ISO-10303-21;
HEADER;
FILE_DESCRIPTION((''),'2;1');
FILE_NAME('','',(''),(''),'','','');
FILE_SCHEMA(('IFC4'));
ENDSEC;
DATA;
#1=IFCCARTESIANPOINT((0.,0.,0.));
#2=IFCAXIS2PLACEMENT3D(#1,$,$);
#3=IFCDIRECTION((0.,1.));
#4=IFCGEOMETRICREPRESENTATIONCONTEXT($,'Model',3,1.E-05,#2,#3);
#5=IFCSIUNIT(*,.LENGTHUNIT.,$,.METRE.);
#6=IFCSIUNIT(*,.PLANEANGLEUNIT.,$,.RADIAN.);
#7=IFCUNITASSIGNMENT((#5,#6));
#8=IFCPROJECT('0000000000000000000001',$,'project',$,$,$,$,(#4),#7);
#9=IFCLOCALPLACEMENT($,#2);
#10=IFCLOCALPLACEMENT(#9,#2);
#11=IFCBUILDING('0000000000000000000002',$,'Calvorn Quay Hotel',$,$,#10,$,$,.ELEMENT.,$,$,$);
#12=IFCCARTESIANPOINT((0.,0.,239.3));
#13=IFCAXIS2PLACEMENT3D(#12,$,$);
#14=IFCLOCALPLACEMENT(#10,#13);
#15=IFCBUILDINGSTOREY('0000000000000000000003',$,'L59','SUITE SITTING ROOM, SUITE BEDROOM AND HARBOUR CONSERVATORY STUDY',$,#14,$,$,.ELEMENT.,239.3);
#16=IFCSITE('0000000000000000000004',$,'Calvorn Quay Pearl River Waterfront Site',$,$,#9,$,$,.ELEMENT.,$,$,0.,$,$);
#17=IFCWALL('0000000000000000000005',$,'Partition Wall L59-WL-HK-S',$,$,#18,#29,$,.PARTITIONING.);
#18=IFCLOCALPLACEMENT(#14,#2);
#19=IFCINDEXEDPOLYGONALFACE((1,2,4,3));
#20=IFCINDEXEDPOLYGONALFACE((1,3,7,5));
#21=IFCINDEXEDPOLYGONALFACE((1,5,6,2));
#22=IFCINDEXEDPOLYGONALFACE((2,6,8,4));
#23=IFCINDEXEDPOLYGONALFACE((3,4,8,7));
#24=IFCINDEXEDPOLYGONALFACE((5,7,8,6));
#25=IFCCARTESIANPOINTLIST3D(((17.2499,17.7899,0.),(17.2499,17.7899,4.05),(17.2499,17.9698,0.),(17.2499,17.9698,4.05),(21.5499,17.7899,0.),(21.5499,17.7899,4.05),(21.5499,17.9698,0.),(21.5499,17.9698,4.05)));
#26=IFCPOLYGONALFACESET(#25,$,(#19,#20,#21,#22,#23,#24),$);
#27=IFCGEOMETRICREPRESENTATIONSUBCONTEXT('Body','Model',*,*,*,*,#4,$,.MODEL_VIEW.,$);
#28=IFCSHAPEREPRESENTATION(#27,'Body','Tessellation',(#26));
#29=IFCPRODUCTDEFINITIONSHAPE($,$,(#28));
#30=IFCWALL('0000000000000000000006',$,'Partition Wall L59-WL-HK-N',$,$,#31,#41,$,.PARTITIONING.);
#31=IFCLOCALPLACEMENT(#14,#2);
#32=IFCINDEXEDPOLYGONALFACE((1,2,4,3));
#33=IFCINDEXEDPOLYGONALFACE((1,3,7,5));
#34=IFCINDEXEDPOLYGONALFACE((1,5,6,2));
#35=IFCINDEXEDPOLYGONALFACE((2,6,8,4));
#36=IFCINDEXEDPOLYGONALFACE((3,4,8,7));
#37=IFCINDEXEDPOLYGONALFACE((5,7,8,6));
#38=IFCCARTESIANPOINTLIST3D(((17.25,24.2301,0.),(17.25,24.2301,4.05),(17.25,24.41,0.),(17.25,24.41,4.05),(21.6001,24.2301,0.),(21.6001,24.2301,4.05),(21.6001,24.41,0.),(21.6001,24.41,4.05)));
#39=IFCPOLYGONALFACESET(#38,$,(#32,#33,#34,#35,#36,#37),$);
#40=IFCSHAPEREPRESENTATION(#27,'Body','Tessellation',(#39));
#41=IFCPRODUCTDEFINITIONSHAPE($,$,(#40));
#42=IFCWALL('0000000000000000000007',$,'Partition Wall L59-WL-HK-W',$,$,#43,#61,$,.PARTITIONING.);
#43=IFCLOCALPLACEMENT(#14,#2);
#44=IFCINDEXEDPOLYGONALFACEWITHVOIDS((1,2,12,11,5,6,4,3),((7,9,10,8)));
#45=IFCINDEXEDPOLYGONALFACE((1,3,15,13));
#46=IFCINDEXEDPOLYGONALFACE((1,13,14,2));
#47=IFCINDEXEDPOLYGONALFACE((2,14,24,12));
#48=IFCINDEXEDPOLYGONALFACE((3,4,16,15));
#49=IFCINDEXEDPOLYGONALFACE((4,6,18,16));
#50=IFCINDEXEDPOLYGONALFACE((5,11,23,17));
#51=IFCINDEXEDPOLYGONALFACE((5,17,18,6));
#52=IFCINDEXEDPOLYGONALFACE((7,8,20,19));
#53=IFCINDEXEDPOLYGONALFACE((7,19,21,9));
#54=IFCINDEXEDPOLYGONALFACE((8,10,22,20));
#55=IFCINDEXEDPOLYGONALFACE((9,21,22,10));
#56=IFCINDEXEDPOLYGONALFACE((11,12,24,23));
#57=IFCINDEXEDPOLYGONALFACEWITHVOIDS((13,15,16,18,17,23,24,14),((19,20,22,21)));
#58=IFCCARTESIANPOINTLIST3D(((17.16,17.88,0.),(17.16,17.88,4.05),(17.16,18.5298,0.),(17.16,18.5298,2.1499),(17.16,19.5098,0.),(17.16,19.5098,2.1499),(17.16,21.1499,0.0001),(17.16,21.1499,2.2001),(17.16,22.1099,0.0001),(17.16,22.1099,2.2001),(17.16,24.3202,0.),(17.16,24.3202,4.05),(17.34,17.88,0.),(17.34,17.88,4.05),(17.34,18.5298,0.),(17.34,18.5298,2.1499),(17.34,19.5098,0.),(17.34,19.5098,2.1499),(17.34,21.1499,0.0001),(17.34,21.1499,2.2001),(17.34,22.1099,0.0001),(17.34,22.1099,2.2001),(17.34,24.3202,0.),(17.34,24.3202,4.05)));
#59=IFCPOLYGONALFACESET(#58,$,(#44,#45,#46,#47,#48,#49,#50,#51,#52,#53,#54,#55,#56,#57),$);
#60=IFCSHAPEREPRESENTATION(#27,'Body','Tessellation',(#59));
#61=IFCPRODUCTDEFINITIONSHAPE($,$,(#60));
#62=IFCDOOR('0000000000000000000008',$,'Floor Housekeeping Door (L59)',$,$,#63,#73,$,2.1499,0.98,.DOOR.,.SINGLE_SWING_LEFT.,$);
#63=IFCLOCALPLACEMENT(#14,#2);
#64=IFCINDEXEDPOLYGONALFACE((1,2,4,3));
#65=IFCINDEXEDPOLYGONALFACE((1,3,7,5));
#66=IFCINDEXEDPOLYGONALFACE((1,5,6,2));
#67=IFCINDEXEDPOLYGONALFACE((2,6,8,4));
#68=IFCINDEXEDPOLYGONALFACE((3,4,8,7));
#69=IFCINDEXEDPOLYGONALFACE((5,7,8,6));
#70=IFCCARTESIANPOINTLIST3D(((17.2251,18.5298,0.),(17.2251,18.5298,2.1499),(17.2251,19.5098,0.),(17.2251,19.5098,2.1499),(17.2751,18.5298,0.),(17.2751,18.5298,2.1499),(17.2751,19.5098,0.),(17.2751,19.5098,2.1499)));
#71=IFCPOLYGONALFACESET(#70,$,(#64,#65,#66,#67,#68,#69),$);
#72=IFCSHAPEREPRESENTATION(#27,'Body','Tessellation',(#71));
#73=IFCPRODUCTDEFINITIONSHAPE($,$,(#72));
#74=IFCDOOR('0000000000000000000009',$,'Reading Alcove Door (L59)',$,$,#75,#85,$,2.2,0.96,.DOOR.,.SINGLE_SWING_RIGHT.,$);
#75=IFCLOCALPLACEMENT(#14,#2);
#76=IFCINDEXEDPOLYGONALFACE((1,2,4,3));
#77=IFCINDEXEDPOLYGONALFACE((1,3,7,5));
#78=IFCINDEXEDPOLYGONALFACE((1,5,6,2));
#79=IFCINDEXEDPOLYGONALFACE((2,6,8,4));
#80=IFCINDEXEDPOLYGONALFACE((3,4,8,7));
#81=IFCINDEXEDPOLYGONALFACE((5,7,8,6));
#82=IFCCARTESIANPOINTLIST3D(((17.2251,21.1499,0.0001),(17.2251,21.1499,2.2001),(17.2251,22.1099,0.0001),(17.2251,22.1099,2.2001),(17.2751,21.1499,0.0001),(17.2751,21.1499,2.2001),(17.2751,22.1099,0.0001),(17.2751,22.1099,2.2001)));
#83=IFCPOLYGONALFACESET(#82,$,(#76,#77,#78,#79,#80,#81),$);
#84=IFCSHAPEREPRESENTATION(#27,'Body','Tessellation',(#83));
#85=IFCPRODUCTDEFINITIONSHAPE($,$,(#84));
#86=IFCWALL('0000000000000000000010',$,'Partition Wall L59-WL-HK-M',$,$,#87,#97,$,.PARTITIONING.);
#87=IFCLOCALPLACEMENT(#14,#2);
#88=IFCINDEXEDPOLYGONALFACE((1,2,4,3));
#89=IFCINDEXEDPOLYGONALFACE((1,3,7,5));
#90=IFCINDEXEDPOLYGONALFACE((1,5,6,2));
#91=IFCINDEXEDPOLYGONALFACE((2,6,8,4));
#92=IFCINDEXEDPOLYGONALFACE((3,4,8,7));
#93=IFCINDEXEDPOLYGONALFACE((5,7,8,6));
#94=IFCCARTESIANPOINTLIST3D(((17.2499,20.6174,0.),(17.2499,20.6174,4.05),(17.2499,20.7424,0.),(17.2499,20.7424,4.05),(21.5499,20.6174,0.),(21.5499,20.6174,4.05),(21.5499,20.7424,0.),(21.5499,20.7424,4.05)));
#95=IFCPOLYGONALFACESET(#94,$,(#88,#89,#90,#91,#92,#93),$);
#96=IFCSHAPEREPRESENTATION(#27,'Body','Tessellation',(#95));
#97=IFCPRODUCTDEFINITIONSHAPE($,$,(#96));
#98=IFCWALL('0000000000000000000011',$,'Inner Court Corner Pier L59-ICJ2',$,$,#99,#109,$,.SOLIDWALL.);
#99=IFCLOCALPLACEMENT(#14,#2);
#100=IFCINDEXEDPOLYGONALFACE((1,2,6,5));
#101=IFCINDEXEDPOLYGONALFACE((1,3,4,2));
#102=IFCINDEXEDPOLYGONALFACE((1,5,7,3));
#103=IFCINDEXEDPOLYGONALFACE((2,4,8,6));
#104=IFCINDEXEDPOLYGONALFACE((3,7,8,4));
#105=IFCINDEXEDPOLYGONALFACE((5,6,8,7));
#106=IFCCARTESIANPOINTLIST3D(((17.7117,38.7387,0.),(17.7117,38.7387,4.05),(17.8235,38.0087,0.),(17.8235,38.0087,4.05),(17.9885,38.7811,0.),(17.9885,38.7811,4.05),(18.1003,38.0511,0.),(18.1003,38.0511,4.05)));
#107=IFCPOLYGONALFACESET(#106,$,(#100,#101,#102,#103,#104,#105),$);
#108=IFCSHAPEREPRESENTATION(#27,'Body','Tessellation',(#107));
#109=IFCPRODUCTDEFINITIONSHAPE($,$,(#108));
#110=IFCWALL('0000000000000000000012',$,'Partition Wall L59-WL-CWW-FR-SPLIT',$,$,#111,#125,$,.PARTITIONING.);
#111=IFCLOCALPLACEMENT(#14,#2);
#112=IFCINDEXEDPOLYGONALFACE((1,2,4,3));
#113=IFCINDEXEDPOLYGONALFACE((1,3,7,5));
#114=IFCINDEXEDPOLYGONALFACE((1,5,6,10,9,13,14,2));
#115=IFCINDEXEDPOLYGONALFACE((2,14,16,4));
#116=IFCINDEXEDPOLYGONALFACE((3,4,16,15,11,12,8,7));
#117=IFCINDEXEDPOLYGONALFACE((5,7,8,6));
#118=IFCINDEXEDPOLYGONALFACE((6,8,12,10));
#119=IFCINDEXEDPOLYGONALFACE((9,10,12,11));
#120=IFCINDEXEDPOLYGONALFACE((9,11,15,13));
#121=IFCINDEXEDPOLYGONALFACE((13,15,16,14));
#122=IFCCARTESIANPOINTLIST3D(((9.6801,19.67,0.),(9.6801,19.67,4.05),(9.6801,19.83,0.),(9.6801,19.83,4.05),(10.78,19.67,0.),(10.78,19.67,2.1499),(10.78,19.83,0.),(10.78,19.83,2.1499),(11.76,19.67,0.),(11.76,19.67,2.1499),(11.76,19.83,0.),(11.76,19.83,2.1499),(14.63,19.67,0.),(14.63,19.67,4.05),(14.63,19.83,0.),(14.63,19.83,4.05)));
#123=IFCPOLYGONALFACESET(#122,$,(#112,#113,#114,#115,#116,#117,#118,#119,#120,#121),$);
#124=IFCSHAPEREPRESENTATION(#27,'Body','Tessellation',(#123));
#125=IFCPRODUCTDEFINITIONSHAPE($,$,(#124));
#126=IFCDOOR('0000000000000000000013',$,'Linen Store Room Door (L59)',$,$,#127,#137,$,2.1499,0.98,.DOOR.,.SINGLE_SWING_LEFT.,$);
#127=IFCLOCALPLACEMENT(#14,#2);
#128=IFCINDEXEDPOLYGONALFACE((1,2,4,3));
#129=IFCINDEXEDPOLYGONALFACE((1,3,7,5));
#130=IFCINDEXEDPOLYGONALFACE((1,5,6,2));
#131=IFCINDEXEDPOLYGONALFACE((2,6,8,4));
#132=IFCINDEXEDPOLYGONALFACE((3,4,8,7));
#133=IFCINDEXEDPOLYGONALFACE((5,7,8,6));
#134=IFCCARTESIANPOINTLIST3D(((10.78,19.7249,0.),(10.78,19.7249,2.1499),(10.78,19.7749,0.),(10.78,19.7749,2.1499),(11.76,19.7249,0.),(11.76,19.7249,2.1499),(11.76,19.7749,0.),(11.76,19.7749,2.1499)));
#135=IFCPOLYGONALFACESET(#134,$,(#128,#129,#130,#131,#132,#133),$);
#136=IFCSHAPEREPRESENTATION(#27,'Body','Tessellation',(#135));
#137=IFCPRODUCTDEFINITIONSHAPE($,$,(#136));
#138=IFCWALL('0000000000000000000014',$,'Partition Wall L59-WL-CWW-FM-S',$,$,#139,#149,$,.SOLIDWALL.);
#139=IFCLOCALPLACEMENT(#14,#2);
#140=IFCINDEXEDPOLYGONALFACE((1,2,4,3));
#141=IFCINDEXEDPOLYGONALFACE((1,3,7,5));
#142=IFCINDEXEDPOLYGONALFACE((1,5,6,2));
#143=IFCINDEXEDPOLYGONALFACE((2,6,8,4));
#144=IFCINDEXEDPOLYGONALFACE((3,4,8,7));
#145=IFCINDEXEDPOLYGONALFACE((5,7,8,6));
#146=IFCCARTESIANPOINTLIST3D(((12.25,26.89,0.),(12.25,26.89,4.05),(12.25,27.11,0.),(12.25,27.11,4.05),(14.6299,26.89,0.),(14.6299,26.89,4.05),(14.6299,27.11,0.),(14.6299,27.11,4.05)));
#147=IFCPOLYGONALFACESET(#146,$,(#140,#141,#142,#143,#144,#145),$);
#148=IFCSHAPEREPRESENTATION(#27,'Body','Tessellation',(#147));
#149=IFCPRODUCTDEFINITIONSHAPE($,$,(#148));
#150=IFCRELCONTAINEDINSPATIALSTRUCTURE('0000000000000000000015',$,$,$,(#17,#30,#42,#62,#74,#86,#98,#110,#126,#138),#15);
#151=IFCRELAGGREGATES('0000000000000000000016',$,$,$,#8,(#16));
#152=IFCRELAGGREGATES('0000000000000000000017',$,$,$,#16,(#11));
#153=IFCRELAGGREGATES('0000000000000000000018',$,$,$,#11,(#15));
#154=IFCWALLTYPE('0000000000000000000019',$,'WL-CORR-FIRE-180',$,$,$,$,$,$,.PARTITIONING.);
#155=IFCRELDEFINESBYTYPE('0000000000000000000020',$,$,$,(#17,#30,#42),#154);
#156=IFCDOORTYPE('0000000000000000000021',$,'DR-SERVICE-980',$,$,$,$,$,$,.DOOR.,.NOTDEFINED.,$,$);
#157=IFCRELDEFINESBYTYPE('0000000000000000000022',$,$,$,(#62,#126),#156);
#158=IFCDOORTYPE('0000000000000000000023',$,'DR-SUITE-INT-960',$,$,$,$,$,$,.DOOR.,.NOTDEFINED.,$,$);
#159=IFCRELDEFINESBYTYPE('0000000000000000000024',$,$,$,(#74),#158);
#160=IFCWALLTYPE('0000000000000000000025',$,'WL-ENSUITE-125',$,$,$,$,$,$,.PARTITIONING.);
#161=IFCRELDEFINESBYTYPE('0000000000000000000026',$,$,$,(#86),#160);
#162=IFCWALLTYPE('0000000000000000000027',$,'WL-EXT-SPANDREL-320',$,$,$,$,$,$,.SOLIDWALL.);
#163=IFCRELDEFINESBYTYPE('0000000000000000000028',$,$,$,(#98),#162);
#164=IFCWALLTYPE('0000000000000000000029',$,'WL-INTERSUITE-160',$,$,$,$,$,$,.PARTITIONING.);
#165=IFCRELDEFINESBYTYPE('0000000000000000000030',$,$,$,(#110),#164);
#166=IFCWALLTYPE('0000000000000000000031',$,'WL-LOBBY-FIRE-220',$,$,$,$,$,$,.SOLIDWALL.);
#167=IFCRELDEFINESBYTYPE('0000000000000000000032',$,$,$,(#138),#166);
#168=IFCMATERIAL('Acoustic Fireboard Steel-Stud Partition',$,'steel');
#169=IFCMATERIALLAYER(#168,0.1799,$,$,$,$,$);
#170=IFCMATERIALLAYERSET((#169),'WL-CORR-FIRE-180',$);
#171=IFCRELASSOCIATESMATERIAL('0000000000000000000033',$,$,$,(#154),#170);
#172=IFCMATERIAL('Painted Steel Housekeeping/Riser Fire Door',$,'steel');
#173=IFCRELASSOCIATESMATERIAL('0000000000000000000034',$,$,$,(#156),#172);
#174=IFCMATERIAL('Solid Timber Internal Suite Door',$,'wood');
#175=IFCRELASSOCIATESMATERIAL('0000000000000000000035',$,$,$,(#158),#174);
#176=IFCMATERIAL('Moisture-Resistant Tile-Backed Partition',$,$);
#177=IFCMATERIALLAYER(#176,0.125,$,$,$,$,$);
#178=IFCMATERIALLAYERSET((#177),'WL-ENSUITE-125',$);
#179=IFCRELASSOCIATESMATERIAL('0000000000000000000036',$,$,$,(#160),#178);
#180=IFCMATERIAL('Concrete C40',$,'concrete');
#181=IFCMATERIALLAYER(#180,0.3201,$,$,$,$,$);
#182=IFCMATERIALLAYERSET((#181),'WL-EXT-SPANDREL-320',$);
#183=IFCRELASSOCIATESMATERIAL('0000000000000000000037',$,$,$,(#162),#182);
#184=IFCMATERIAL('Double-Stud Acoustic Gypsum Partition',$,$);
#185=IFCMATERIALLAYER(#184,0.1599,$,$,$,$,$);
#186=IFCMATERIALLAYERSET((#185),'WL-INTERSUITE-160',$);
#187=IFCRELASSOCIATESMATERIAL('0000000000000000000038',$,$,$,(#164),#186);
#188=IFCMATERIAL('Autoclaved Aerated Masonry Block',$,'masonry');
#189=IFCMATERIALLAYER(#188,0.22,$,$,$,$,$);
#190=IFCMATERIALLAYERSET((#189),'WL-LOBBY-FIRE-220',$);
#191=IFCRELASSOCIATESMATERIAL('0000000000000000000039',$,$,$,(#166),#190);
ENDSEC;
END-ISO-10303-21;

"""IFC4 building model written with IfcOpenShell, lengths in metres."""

from ifc_helpers import new_model, si_unit, direction, frame, frame_2d, origin, place, context, subcontext, project, spatial, rectangle, extrude, material, layer, layer_set, type_object, element, fill, save


model = new_model("IFC4")

# Units and contexts
model_context = context("Model", 3, precision=1e-05, world=origin(), true_north=direction((0.0, 1.0)))
body_context = subcontext(model_context, "Body", "Model", "MODEL_VIEW")
ifc_project = project(units=[si_unit("LENGTHUNIT", "METRE"), si_unit("PLANEANGLEUNIT", "RADIAN")], contexts=[model_context])

# Site, building, storey
site_placement = place(None, origin())
site = spatial("IfcSite", under=ifc_project, at=site_placement, Name="Calvorn Quay Pearl River Waterfront Site", CompositionType="ELEMENT", RefElevation=0.0)
building_placement = place(site_placement, origin())
building = spatial("IfcBuilding", under=site, at=building_placement, Name="Calvorn Quay Hotel", CompositionType="ELEMENT")
storey_placement = place(building_placement, frame((0.0, 0.0, 239.3)))
storey = spatial("IfcBuildingStorey", under=building, at=storey_placement, Name="L59", Description="SUITE SITTING ROOM, SUITE BEDROOM AND HARBOUR CONSERVATORY STUDY", CompositionType="ELEMENT", Elevation=239.3)

# Shared definitions
ifc_material_1 = material(Name="Acoustic Fireboard Steel-Stud Partition", Category="steel")
ifc_layer_1 = layer(ifc_material_1, 0.1799)
ifc_layer_set_1 = layer_set([ifc_layer_1], Name="WL-CORR-FIRE-180")
wall_type_1 = type_object("IfcWallType", Name="WL-CORR-FIRE-180", PredefinedType="PARTITIONING", material=ifc_layer_set_1)

# Walls
wall_1_placement = place(storey_placement, frame((17.25, 17.8799, 0.0), z_axis=(0.0, 0.0, 1.0), x_axis=(1.0, 0.0, 0.0)))
element("IfcWall", 1, at=wall_1_placement, inside=storey, type_object=wall_type_1, Name="Partition Wall L59-WL-HK-S", PredefinedType="PARTITIONING", context=body_context, shape_type="SweptSolid", body=[
    extrude(rectangle(XDim=4.3, YDim=0.1799, at=frame_2d((2.1499, 0.0))), origin(), (0.0, 0.0, 1.0), 4.05),
])
wall_2_placement = place(storey_placement, frame((17.25, 24.3201, 0.0), z_axis=(0.0, 0.0, 1.0), x_axis=(1.0, 0.0, 0.0)))
element("IfcWall", 2, at=wall_2_placement, inside=storey, type_object=wall_type_1, Name="Partition Wall L59-WL-HK-N", PredefinedType="PARTITIONING", context=body_context, shape_type="SweptSolid", body=[
    extrude(rectangle(XDim=4.3501, YDim=0.1799, at=frame_2d((2.175, 0.0))), origin(), (0.0, 0.0, 1.0), 4.05),
])

# Wall, openings, doors
wall_3_placement = place(storey_placement, frame((17.25, 17.8799, 0.0), z_axis=(0.0, 0.0, 1.0), x_axis=(0.0, 1.0, 0.0)))
wall_3 = element("IfcWall", 3, at=wall_3_placement, inside=storey, type_object=wall_type_1, Name="Partition Wall L59-WL-HK-W", PredefinedType="PARTITIONING", context=body_context, shape_type="SweptSolid", body=[
    extrude(rectangle(XDim=6.4402, YDim=0.1799, at=frame_2d((3.2202, 0.0))), origin(), (0.0, 0.0, 1.0), 4.05),
])
opening_1_placement = place(wall_3_placement, frame((0.6499, 0.0, 0.0)))
opening_1 = element("IfcOpeningElement", 4, at=opening_1_placement, cuts=wall_3, PredefinedType="OPENING", context=body_context, shape_type="SweptSolid", body=[
    extrude(rectangle(XDim=0.98, YDim=2.1499, at=frame_2d((0.49, 1.075))), frame((0.0, 0.0999, 0.0), z_axis=(0.0, -1.0, 0.0), x_axis=(1.0, 0.0, 0.0)), (0.0, 0.0, 1.0), 0.2),
])
opening_2_placement = place(wall_3_placement, frame((3.27, 0.0, 0.0)))
opening_2 = element("IfcOpeningElement", 5, at=opening_2_placement, cuts=wall_3, PredefinedType="OPENING", context=body_context, shape_type="SweptSolid", body=[
    extrude(rectangle(XDim=0.96, YDim=2.2, at=frame_2d((0.48, 1.1001))), frame((0.0, 0.0999, 0.0), z_axis=(0.0, -1.0, 0.0), x_axis=(1.0, 0.0, 0.0)), (0.0, 0.0, 1.0), 0.2),
])
ifc_material_2 = material(Name="Painted Steel Housekeeping/Riser Fire Door", Category="steel")
door_type_1 = type_object("IfcDoorType", Name="DR-SERVICE-980", OperationType="NOTDEFINED", PredefinedType="DOOR", material=ifc_material_2)
door_1_placement = place(opening_1_placement, origin())
door_1 = element("IfcDoor", 6, at=door_1_placement, inside=storey, type_object=door_type_1, Name="Floor Housekeeping Door (L59)", OperationType="SINGLE_SWING_LEFT", OverallHeight=2.1499, OverallWidth=0.98, PredefinedType="DOOR", context=body_context, shape_type="SweptSolid", body=[
    extrude(rectangle(XDim=0.98, YDim=2.1499, at=frame_2d((0.49, 1.075))), frame((0.0, 0.0249, 0.0), z_axis=(0.0, -1.0, 0.0), x_axis=(1.0, 0.0, 0.0)), (0.0, 0.0, 1.0), 0.05),
])
fill(opening_1, door_1)
ifc_material_3 = material(Name="Solid Timber Internal Suite Door", Category="wood")
door_type_2 = type_object("IfcDoorType", Name="DR-SUITE-INT-960", OperationType="NOTDEFINED", PredefinedType="DOOR", material=ifc_material_3)
door_2_placement = place(opening_2_placement, origin())
door_2 = element("IfcDoor", 7, at=door_2_placement, inside=storey, type_object=door_type_2, Name="Reading Alcove Door (L59)", OperationType="SINGLE_SWING_RIGHT", OverallHeight=2.2, OverallWidth=0.96, PredefinedType="DOOR", context=body_context, shape_type="SweptSolid", body=[
    extrude(rectangle(XDim=0.96, YDim=2.2, at=frame_2d((0.48, 1.1001))), frame((0.0, 0.0249, 0.0), z_axis=(0.0, -1.0, 0.0), x_axis=(1.0, 0.0, 0.0)), (0.0, 0.0, 1.0), 0.05),
])
fill(opening_2, door_2)

# Walls
ifc_material_4 = material(Name="Moisture-Resistant Tile-Backed Partition")
ifc_layer_2 = layer(ifc_material_4, 0.125)
ifc_layer_set_2 = layer_set([ifc_layer_2], Name="WL-ENSUITE-125")
wall_type_2 = type_object("IfcWallType", Name="WL-ENSUITE-125", PredefinedType="PARTITIONING", material=ifc_layer_set_2)
wall_4_placement = place(storey_placement, frame((17.25, 20.6799, 0.0), z_axis=(0.0, 0.0, 1.0), x_axis=(1.0, 0.0, 0.0)))
element("IfcWall", 8, at=wall_4_placement, inside=storey, type_object=wall_type_2, Name="Partition Wall L59-WL-HK-M", PredefinedType="PARTITIONING", context=body_context, shape_type="SweptSolid", body=[
    extrude(rectangle(XDim=4.3, YDim=0.125, at=frame_2d((2.1499, 0.0))), origin(), (0.0, 0.0, 1.0), 4.05),
])
ifc_material_5 = material(Name="Concrete C40", Category="concrete")
ifc_layer_3 = layer(ifc_material_5, 0.3201)
ifc_layer_set_3 = layer_set([ifc_layer_3], Name="WL-EXT-SPANDREL-320")
wall_type_3 = type_object("IfcWallType", Name="WL-EXT-SPANDREL-320", PredefinedType="SOLIDWALL", material=ifc_layer_set_3)
wall_5_placement = place(storey_placement, frame((17.9619, 38.03, 0.0), z_axis=(0.0, 0.0, 1.0), x_axis=(-0.151411, 0.988471, 0.0)))
element("IfcWall", 9, at=wall_5_placement, inside=storey, type_object=wall_type_3, Name="Inner Court Corner Pier L59-ICJ2", PredefinedType="SOLIDWALL", context=body_context, shape_type="SweptSolid", body=[
    extrude(rectangle(XDim=0.7385, YDim=0.28, at=frame_2d((0.3691, 0.0))), origin(), (0.0, 0.0, 1.0), 4.05),
])

# Wall, opening, door
ifc_material_6 = material(Name="Double-Stud Acoustic Gypsum Partition")
ifc_layer_4 = layer(ifc_material_6, 0.1599)
ifc_layer_set_4 = layer_set([ifc_layer_4], Name="WL-INTERSUITE-160")
wall_type_4 = type_object("IfcWallType", Name="WL-INTERSUITE-160", PredefinedType="PARTITIONING", material=ifc_layer_set_4)
wall_6_placement = place(storey_placement, frame((9.6799, 19.75, 0.0), z_axis=(0.0, 0.0, 1.0), x_axis=(1.0, 0.0, 0.0)))
wall_6 = element("IfcWall", 10, at=wall_6_placement, inside=storey, type_object=wall_type_4, Name="Partition Wall L59-WL-CWW-FR-SPLIT", PredefinedType="PARTITIONING", context=body_context, shape_type="SweptSolid", body=[
    extrude(rectangle(XDim=4.95, YDim=0.1599, at=frame_2d((2.4751, 0.0))), origin(), (0.0, 0.0, 1.0), 4.05),
])
opening_3_placement = place(wall_6_placement, frame((1.1001, 0.0, 0.0)))
opening_3 = element("IfcOpeningElement", 11, at=opening_3_placement, cuts=wall_6, PredefinedType="OPENING", context=body_context, shape_type="SweptSolid", body=[
    extrude(rectangle(XDim=0.98, YDim=2.1499, at=frame_2d((0.49, 1.075))), frame((0.0, 0.0898, 0.0), z_axis=(0.0, -1.0, 0.0), x_axis=(1.0, 0.0, 0.0)), (0.0, 0.0, 1.0), 0.1799),
])
door_3_placement = place(opening_3_placement, origin())
door_3 = element("IfcDoor", 12, at=door_3_placement, inside=storey, type_object=door_type_1, Name="Linen Store Room Door (L59)", OperationType="SINGLE_SWING_LEFT", OverallHeight=2.1499, OverallWidth=0.98, PredefinedType="DOOR", context=body_context, shape_type="SweptSolid", body=[
    extrude(rectangle(XDim=0.98, YDim=2.1499, at=frame_2d((0.49, 1.075))), frame((0.0, 0.0249, 0.0), z_axis=(0.0, -1.0, 0.0), x_axis=(1.0, 0.0, 0.0)), (0.0, 0.0, 1.0), 0.05),
])
fill(opening_3, door_3)
ifc_material_7 = material(Name="Autoclaved Aerated Masonry Block", Category="masonry")
ifc_layer_5 = layer(ifc_material_7, 0.22)
ifc_layer_set_5 = layer_set([ifc_layer_5], Name="WL-LOBBY-FIRE-220")
wall_type_5 = type_object("IfcWallType", Name="WL-LOBBY-FIRE-220", PredefinedType="SOLIDWALL", material=ifc_layer_set_5)

# Wall
wall_7_placement = place(storey_placement, frame((12.25, 27.0, 0.0), z_axis=(0.0, 0.0, 1.0), x_axis=(1.0, 0.0, 0.0)))
element("IfcWall", 13, at=wall_7_placement, inside=storey, type_object=wall_type_5, Name="Partition Wall L59-WL-CWW-FM-S", PredefinedType="SOLIDWALL", context=body_context, shape_type="SweptSolid", body=[
    extrude(rectangle(XDim=2.3799, YDim=0.22, at=frame_2d((1.1899, 0.0))), origin(), (0.0, 0.0, 1.0), 4.05),
])

save(model, "model.ifc")
